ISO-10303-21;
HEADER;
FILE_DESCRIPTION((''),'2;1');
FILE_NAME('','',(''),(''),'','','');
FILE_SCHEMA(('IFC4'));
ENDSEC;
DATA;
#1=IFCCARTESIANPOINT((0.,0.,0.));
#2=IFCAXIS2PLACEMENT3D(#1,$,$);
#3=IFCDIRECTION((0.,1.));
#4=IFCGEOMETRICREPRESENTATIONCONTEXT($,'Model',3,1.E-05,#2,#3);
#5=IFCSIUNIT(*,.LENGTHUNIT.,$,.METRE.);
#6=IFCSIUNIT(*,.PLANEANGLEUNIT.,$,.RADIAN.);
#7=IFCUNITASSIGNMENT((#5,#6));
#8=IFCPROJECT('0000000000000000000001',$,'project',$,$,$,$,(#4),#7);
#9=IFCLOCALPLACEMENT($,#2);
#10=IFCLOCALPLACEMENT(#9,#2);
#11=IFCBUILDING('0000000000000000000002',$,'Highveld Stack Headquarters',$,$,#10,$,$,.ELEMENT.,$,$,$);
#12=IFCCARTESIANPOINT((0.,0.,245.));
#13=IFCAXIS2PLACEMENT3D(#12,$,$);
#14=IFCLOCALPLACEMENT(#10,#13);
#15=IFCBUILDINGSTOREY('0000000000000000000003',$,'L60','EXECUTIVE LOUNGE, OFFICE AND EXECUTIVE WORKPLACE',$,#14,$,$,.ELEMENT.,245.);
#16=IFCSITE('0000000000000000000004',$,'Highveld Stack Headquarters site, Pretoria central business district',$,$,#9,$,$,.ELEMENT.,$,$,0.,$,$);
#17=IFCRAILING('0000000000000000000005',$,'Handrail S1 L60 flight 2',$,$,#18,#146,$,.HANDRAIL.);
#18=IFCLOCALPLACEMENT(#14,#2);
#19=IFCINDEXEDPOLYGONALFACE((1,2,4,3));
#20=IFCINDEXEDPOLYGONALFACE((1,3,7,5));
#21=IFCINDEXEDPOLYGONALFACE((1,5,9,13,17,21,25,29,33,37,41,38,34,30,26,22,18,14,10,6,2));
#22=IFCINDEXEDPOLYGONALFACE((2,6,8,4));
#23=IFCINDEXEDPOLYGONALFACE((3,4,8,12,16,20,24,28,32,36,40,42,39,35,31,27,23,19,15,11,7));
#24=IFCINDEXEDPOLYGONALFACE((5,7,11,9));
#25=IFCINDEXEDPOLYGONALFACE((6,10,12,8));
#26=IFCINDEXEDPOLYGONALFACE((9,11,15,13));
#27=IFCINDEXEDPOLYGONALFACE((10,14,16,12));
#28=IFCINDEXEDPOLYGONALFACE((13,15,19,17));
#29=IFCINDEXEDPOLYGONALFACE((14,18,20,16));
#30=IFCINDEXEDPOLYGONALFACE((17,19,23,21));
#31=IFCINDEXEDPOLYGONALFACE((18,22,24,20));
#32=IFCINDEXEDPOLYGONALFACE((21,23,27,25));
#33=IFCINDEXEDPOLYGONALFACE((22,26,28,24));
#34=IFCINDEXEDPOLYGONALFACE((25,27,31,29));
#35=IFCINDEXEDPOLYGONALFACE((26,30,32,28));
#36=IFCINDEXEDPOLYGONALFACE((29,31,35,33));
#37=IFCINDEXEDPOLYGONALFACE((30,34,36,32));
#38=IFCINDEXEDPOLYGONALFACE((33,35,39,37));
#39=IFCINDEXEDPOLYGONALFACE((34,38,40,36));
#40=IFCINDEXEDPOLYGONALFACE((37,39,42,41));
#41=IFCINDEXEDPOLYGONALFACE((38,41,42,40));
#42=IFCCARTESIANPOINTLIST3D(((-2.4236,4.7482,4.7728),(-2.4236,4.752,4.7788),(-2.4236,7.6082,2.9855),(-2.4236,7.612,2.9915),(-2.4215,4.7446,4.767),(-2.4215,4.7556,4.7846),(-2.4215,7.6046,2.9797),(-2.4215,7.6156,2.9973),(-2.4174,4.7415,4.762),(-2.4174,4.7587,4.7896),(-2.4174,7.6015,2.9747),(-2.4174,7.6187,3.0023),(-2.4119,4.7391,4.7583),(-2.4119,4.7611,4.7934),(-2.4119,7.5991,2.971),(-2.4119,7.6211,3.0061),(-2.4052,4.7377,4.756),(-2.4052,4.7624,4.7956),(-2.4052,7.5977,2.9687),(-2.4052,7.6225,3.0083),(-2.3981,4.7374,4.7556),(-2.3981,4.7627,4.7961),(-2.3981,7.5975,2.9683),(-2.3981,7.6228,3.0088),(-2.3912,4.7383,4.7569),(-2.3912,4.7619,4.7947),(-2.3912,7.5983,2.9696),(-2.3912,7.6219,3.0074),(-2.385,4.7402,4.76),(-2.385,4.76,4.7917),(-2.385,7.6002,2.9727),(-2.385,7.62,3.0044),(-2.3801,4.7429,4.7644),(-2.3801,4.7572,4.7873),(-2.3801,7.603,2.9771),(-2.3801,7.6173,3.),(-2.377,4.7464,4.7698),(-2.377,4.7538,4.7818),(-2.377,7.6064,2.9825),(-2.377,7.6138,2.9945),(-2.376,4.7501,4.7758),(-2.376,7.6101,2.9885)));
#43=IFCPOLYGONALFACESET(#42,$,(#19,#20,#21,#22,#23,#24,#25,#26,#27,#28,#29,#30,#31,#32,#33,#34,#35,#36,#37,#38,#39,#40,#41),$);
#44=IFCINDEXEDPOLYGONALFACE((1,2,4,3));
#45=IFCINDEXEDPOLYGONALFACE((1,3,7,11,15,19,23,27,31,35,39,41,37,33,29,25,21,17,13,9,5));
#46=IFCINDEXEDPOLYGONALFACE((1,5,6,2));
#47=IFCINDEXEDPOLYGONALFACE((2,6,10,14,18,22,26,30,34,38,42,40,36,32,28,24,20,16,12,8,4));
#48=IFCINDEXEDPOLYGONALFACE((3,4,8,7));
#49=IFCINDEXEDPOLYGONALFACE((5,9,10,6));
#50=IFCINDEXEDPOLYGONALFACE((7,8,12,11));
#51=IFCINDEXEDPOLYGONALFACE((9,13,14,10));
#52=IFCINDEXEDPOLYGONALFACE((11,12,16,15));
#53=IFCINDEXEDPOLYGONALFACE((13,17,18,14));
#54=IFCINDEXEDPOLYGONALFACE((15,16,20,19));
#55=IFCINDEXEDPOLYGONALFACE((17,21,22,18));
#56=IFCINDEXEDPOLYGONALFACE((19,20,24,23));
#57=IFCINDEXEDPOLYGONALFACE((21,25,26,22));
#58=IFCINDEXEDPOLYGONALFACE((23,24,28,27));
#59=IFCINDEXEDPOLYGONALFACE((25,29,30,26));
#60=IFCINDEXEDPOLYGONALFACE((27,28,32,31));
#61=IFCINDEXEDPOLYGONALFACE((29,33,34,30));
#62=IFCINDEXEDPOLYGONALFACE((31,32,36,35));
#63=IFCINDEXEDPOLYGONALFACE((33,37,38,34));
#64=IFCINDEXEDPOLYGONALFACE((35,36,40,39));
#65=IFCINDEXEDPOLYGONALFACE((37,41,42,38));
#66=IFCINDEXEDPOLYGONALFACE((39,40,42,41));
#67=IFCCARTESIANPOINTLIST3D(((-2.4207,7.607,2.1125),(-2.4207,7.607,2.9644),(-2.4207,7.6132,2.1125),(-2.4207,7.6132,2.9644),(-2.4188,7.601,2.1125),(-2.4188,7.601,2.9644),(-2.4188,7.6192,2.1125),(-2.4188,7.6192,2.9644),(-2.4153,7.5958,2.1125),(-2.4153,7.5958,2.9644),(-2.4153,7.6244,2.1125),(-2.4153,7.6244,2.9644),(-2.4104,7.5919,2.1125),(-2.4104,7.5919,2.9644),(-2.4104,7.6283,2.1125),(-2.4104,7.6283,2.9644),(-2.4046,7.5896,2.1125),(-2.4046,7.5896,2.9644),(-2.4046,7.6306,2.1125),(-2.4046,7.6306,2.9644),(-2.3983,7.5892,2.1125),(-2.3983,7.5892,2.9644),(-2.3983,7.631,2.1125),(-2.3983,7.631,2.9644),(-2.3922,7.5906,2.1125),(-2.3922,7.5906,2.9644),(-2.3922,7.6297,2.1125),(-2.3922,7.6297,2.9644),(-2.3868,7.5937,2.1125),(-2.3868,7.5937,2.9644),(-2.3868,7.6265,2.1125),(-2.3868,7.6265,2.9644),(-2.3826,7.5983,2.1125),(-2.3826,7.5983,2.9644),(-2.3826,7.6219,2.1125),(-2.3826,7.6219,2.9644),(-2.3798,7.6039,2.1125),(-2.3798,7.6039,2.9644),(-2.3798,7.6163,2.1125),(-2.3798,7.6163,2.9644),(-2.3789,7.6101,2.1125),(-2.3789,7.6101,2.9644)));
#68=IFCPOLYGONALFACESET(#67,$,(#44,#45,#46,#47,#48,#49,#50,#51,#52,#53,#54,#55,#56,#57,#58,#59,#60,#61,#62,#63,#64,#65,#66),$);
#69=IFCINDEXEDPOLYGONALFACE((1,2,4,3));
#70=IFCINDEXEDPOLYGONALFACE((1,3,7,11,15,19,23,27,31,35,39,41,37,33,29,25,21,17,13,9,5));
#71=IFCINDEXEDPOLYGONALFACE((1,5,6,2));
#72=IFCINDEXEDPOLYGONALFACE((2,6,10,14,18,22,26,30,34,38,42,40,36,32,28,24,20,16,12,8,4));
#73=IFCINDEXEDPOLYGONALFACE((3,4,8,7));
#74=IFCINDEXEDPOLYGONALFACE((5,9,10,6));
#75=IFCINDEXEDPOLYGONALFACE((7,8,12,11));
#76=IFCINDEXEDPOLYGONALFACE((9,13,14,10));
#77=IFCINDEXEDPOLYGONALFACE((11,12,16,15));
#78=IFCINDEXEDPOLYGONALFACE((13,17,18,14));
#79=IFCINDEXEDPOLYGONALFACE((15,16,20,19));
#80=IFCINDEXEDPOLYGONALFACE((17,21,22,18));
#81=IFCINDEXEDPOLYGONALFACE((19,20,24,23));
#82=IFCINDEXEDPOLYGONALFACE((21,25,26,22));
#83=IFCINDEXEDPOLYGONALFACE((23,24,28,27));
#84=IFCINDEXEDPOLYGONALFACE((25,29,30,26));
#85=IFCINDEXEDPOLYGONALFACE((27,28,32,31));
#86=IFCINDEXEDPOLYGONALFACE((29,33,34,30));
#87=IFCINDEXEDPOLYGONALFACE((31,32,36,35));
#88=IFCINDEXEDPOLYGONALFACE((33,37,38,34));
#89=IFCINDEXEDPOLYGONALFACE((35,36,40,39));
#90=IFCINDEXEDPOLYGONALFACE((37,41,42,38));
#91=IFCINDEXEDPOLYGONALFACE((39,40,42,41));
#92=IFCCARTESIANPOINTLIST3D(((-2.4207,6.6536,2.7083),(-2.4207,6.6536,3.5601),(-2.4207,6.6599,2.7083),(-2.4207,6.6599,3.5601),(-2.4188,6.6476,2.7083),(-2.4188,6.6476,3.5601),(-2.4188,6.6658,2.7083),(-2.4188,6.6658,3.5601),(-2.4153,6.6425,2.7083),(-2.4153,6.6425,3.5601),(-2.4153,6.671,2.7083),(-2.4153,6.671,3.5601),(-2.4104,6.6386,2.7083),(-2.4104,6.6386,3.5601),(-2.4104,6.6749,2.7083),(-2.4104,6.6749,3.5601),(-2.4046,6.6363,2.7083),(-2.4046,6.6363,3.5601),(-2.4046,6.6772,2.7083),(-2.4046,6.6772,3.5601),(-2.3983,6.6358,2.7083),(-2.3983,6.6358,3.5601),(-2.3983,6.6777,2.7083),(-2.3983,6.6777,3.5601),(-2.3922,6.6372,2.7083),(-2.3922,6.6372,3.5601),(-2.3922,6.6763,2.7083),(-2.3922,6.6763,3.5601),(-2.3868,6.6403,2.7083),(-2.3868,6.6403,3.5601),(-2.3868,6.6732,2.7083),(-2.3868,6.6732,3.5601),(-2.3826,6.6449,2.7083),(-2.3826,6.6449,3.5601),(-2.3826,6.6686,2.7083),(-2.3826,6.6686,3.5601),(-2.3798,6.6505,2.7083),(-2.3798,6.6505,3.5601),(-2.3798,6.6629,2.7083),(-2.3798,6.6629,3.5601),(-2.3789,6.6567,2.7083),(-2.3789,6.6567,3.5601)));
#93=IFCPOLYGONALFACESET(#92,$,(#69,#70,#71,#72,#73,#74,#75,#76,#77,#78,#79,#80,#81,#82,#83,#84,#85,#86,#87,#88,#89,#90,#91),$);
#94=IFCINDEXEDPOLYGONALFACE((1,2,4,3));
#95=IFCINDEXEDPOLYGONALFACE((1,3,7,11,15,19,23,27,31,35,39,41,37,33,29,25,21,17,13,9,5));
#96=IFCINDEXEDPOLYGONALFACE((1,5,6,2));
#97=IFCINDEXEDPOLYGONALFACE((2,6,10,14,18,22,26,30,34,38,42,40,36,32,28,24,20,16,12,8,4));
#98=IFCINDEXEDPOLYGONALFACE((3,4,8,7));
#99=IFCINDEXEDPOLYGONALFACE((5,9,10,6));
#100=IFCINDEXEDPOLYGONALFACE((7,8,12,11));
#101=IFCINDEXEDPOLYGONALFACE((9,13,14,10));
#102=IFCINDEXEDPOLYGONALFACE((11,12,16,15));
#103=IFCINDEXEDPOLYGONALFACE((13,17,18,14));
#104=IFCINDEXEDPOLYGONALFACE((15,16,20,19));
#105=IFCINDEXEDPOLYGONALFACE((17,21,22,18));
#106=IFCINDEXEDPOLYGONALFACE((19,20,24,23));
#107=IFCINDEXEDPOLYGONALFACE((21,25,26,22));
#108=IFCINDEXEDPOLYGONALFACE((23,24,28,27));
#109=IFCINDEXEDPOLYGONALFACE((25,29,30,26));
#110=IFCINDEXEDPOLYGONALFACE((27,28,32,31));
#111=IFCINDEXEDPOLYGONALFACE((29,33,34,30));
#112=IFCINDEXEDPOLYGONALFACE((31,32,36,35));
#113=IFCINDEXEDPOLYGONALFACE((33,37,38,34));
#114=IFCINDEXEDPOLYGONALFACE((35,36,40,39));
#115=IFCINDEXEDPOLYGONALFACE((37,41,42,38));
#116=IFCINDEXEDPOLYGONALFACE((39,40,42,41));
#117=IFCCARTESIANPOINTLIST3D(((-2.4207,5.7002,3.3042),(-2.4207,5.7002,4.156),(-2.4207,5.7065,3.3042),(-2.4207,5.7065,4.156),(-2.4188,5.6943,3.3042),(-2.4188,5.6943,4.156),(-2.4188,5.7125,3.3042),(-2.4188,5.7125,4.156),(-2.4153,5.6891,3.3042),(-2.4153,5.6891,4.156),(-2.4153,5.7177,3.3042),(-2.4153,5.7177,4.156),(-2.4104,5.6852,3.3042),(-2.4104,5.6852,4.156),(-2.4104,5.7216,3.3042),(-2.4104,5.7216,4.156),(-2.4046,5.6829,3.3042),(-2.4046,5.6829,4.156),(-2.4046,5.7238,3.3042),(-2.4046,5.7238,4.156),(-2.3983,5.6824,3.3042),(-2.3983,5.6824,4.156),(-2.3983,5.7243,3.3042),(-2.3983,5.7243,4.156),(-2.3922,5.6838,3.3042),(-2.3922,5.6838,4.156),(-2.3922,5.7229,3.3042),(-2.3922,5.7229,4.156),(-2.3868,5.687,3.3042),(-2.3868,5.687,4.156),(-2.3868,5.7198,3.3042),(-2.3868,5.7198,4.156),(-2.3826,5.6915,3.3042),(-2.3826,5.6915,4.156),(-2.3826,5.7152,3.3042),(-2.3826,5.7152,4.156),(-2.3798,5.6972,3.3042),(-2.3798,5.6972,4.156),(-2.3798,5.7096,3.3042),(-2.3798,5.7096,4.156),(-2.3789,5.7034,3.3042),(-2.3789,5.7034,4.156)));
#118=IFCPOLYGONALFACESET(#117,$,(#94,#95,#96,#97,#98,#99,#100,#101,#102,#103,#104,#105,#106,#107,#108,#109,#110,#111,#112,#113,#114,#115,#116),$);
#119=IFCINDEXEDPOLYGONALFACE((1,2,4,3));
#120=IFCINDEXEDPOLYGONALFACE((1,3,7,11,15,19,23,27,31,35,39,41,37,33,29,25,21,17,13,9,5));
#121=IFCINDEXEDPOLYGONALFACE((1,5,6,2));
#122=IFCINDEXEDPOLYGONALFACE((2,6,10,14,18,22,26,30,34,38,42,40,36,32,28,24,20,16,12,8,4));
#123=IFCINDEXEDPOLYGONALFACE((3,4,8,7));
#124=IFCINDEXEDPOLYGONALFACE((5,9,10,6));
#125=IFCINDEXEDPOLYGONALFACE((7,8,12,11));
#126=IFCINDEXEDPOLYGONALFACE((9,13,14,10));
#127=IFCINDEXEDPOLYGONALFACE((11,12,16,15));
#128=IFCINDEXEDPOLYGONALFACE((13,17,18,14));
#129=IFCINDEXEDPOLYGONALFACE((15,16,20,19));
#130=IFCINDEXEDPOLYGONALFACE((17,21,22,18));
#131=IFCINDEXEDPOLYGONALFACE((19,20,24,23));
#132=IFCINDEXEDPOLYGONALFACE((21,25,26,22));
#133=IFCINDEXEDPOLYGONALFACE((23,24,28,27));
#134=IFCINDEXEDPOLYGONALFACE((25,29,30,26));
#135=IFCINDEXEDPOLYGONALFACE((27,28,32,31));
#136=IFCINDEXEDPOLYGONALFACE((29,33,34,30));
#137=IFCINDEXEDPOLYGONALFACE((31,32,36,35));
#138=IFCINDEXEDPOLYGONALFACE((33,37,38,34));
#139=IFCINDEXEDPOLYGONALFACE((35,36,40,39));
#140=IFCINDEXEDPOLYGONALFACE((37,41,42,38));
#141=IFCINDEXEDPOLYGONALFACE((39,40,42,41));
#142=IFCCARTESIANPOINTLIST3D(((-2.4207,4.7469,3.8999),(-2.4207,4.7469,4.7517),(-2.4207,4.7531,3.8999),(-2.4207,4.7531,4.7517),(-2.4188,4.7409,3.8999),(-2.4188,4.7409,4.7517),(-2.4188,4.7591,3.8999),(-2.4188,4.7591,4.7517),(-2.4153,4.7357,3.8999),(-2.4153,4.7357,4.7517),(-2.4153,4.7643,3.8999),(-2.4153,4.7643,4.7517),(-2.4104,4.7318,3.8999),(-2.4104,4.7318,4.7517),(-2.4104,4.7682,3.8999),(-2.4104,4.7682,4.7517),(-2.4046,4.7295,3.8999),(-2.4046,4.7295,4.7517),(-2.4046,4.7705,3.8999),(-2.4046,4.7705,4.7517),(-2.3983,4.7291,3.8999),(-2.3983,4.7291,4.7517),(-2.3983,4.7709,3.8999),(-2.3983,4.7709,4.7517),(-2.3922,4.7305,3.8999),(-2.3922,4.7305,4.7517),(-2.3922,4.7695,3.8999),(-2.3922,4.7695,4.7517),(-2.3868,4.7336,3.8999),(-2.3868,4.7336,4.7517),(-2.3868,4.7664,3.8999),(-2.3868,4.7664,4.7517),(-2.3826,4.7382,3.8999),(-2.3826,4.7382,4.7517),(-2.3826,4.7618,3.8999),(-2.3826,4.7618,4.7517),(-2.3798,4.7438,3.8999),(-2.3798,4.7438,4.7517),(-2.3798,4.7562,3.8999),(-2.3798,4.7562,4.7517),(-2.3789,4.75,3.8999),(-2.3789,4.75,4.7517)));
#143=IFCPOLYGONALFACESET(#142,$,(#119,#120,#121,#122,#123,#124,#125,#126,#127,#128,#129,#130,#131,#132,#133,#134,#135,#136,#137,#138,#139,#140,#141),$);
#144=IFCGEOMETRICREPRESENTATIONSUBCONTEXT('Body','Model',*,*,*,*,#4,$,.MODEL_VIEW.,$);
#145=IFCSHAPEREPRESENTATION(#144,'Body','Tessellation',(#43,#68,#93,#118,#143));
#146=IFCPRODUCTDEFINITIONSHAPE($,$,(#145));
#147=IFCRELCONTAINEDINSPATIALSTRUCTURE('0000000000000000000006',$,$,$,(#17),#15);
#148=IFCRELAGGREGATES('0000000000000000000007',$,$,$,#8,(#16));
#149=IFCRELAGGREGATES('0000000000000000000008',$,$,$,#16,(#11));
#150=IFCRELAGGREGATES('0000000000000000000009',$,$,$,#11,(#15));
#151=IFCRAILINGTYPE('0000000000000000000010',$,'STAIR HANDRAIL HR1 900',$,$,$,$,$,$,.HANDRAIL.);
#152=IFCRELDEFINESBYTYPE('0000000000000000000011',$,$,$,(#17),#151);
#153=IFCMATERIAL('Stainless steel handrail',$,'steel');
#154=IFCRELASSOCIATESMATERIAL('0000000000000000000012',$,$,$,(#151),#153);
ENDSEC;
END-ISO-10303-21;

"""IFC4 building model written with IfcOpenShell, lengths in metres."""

from ifc_helpers import new_model, si_unit, direction, frame, origin, origin_2d, place, context, subcontext, project, spatial, circle, extrude, material, type_object, element, save


model = new_model("IFC4")

# Units and contexts
model_context = context("Model", 3, precision=1e-05, world=origin(), true_north=direction((0.0, 1.0)))
body_context = subcontext(model_context, "Body", "Model", "MODEL_VIEW")
ifc_project = project(units=[si_unit("LENGTHUNIT", "METRE"), si_unit("PLANEANGLEUNIT", "RADIAN")], contexts=[model_context])

# Site, building, storey
site_placement = place(None, origin())
site = spatial("IfcSite", under=ifc_project, at=site_placement, Name="Highveld Stack Headquarters site, Pretoria central business district", CompositionType="ELEMENT", RefElevation=0.0)
building_placement = place(site_placement, origin())
building = spatial("IfcBuilding", under=site, at=building_placement, Name="Highveld Stack Headquarters", CompositionType="ELEMENT")
storey_placement = place(building_placement, frame((0.0, 0.0, 245.0)))
storey = spatial("IfcBuildingStorey", under=building, at=storey_placement, Name="L60", Description="EXECUTIVE LOUNGE, OFFICE AND EXECUTIVE WORKPLACE", CompositionType="ELEMENT", Elevation=245.0)

# Railing
ifc_material_1 = material(Name="Stainless steel handrail", Category="steel")
railing_type = type_object("IfcRailingType", Name="STAIR HANDRAIL HR1 900", PredefinedType="HANDRAIL", material=ifc_material_1)
for number, where, name in (
    (1, (-2.3999, 7.6101, 2.1125), "Handrail S1 L60 flight 2"),
):
    element("IfcRailing", number, at=place(storey_placement, frame(where)), inside=storey, type_object=railing_type, Name=name, PredefinedType="HANDRAIL", context=body_context, shape_type="SweptSolid", body=[
        extrude(circle(Radius=0.0239, at=origin_2d()), frame((0.0, 0.0, 0.876), z_axis=(0.0, -0.848027, 0.529953), x_axis=(1.0, 0.0, 0.0)), (0.0, 0.0, 1.0), 3.3726),
        extrude(circle(Radius=0.021, at=origin_2d()), origin(), (0.0, 0.0, 1.0), 0.8518),
        extrude(circle(Radius=0.021, at=origin_2d()), frame((0.0, -0.9534, 0.5957)), (0.0, 0.0, 1.0), 0.8518),
        extrude(circle(Radius=0.021, at=origin_2d()), frame((0.0, -1.9067, 1.1917)), (0.0, 0.0, 1.0), 0.8518),
        extrude(circle(Radius=0.021, at=origin_2d()), frame((0.0, -2.8601, 1.7874)), (0.0, 0.0, 1.0), 0.8518),
    ])

save(model, "model.ifc")
